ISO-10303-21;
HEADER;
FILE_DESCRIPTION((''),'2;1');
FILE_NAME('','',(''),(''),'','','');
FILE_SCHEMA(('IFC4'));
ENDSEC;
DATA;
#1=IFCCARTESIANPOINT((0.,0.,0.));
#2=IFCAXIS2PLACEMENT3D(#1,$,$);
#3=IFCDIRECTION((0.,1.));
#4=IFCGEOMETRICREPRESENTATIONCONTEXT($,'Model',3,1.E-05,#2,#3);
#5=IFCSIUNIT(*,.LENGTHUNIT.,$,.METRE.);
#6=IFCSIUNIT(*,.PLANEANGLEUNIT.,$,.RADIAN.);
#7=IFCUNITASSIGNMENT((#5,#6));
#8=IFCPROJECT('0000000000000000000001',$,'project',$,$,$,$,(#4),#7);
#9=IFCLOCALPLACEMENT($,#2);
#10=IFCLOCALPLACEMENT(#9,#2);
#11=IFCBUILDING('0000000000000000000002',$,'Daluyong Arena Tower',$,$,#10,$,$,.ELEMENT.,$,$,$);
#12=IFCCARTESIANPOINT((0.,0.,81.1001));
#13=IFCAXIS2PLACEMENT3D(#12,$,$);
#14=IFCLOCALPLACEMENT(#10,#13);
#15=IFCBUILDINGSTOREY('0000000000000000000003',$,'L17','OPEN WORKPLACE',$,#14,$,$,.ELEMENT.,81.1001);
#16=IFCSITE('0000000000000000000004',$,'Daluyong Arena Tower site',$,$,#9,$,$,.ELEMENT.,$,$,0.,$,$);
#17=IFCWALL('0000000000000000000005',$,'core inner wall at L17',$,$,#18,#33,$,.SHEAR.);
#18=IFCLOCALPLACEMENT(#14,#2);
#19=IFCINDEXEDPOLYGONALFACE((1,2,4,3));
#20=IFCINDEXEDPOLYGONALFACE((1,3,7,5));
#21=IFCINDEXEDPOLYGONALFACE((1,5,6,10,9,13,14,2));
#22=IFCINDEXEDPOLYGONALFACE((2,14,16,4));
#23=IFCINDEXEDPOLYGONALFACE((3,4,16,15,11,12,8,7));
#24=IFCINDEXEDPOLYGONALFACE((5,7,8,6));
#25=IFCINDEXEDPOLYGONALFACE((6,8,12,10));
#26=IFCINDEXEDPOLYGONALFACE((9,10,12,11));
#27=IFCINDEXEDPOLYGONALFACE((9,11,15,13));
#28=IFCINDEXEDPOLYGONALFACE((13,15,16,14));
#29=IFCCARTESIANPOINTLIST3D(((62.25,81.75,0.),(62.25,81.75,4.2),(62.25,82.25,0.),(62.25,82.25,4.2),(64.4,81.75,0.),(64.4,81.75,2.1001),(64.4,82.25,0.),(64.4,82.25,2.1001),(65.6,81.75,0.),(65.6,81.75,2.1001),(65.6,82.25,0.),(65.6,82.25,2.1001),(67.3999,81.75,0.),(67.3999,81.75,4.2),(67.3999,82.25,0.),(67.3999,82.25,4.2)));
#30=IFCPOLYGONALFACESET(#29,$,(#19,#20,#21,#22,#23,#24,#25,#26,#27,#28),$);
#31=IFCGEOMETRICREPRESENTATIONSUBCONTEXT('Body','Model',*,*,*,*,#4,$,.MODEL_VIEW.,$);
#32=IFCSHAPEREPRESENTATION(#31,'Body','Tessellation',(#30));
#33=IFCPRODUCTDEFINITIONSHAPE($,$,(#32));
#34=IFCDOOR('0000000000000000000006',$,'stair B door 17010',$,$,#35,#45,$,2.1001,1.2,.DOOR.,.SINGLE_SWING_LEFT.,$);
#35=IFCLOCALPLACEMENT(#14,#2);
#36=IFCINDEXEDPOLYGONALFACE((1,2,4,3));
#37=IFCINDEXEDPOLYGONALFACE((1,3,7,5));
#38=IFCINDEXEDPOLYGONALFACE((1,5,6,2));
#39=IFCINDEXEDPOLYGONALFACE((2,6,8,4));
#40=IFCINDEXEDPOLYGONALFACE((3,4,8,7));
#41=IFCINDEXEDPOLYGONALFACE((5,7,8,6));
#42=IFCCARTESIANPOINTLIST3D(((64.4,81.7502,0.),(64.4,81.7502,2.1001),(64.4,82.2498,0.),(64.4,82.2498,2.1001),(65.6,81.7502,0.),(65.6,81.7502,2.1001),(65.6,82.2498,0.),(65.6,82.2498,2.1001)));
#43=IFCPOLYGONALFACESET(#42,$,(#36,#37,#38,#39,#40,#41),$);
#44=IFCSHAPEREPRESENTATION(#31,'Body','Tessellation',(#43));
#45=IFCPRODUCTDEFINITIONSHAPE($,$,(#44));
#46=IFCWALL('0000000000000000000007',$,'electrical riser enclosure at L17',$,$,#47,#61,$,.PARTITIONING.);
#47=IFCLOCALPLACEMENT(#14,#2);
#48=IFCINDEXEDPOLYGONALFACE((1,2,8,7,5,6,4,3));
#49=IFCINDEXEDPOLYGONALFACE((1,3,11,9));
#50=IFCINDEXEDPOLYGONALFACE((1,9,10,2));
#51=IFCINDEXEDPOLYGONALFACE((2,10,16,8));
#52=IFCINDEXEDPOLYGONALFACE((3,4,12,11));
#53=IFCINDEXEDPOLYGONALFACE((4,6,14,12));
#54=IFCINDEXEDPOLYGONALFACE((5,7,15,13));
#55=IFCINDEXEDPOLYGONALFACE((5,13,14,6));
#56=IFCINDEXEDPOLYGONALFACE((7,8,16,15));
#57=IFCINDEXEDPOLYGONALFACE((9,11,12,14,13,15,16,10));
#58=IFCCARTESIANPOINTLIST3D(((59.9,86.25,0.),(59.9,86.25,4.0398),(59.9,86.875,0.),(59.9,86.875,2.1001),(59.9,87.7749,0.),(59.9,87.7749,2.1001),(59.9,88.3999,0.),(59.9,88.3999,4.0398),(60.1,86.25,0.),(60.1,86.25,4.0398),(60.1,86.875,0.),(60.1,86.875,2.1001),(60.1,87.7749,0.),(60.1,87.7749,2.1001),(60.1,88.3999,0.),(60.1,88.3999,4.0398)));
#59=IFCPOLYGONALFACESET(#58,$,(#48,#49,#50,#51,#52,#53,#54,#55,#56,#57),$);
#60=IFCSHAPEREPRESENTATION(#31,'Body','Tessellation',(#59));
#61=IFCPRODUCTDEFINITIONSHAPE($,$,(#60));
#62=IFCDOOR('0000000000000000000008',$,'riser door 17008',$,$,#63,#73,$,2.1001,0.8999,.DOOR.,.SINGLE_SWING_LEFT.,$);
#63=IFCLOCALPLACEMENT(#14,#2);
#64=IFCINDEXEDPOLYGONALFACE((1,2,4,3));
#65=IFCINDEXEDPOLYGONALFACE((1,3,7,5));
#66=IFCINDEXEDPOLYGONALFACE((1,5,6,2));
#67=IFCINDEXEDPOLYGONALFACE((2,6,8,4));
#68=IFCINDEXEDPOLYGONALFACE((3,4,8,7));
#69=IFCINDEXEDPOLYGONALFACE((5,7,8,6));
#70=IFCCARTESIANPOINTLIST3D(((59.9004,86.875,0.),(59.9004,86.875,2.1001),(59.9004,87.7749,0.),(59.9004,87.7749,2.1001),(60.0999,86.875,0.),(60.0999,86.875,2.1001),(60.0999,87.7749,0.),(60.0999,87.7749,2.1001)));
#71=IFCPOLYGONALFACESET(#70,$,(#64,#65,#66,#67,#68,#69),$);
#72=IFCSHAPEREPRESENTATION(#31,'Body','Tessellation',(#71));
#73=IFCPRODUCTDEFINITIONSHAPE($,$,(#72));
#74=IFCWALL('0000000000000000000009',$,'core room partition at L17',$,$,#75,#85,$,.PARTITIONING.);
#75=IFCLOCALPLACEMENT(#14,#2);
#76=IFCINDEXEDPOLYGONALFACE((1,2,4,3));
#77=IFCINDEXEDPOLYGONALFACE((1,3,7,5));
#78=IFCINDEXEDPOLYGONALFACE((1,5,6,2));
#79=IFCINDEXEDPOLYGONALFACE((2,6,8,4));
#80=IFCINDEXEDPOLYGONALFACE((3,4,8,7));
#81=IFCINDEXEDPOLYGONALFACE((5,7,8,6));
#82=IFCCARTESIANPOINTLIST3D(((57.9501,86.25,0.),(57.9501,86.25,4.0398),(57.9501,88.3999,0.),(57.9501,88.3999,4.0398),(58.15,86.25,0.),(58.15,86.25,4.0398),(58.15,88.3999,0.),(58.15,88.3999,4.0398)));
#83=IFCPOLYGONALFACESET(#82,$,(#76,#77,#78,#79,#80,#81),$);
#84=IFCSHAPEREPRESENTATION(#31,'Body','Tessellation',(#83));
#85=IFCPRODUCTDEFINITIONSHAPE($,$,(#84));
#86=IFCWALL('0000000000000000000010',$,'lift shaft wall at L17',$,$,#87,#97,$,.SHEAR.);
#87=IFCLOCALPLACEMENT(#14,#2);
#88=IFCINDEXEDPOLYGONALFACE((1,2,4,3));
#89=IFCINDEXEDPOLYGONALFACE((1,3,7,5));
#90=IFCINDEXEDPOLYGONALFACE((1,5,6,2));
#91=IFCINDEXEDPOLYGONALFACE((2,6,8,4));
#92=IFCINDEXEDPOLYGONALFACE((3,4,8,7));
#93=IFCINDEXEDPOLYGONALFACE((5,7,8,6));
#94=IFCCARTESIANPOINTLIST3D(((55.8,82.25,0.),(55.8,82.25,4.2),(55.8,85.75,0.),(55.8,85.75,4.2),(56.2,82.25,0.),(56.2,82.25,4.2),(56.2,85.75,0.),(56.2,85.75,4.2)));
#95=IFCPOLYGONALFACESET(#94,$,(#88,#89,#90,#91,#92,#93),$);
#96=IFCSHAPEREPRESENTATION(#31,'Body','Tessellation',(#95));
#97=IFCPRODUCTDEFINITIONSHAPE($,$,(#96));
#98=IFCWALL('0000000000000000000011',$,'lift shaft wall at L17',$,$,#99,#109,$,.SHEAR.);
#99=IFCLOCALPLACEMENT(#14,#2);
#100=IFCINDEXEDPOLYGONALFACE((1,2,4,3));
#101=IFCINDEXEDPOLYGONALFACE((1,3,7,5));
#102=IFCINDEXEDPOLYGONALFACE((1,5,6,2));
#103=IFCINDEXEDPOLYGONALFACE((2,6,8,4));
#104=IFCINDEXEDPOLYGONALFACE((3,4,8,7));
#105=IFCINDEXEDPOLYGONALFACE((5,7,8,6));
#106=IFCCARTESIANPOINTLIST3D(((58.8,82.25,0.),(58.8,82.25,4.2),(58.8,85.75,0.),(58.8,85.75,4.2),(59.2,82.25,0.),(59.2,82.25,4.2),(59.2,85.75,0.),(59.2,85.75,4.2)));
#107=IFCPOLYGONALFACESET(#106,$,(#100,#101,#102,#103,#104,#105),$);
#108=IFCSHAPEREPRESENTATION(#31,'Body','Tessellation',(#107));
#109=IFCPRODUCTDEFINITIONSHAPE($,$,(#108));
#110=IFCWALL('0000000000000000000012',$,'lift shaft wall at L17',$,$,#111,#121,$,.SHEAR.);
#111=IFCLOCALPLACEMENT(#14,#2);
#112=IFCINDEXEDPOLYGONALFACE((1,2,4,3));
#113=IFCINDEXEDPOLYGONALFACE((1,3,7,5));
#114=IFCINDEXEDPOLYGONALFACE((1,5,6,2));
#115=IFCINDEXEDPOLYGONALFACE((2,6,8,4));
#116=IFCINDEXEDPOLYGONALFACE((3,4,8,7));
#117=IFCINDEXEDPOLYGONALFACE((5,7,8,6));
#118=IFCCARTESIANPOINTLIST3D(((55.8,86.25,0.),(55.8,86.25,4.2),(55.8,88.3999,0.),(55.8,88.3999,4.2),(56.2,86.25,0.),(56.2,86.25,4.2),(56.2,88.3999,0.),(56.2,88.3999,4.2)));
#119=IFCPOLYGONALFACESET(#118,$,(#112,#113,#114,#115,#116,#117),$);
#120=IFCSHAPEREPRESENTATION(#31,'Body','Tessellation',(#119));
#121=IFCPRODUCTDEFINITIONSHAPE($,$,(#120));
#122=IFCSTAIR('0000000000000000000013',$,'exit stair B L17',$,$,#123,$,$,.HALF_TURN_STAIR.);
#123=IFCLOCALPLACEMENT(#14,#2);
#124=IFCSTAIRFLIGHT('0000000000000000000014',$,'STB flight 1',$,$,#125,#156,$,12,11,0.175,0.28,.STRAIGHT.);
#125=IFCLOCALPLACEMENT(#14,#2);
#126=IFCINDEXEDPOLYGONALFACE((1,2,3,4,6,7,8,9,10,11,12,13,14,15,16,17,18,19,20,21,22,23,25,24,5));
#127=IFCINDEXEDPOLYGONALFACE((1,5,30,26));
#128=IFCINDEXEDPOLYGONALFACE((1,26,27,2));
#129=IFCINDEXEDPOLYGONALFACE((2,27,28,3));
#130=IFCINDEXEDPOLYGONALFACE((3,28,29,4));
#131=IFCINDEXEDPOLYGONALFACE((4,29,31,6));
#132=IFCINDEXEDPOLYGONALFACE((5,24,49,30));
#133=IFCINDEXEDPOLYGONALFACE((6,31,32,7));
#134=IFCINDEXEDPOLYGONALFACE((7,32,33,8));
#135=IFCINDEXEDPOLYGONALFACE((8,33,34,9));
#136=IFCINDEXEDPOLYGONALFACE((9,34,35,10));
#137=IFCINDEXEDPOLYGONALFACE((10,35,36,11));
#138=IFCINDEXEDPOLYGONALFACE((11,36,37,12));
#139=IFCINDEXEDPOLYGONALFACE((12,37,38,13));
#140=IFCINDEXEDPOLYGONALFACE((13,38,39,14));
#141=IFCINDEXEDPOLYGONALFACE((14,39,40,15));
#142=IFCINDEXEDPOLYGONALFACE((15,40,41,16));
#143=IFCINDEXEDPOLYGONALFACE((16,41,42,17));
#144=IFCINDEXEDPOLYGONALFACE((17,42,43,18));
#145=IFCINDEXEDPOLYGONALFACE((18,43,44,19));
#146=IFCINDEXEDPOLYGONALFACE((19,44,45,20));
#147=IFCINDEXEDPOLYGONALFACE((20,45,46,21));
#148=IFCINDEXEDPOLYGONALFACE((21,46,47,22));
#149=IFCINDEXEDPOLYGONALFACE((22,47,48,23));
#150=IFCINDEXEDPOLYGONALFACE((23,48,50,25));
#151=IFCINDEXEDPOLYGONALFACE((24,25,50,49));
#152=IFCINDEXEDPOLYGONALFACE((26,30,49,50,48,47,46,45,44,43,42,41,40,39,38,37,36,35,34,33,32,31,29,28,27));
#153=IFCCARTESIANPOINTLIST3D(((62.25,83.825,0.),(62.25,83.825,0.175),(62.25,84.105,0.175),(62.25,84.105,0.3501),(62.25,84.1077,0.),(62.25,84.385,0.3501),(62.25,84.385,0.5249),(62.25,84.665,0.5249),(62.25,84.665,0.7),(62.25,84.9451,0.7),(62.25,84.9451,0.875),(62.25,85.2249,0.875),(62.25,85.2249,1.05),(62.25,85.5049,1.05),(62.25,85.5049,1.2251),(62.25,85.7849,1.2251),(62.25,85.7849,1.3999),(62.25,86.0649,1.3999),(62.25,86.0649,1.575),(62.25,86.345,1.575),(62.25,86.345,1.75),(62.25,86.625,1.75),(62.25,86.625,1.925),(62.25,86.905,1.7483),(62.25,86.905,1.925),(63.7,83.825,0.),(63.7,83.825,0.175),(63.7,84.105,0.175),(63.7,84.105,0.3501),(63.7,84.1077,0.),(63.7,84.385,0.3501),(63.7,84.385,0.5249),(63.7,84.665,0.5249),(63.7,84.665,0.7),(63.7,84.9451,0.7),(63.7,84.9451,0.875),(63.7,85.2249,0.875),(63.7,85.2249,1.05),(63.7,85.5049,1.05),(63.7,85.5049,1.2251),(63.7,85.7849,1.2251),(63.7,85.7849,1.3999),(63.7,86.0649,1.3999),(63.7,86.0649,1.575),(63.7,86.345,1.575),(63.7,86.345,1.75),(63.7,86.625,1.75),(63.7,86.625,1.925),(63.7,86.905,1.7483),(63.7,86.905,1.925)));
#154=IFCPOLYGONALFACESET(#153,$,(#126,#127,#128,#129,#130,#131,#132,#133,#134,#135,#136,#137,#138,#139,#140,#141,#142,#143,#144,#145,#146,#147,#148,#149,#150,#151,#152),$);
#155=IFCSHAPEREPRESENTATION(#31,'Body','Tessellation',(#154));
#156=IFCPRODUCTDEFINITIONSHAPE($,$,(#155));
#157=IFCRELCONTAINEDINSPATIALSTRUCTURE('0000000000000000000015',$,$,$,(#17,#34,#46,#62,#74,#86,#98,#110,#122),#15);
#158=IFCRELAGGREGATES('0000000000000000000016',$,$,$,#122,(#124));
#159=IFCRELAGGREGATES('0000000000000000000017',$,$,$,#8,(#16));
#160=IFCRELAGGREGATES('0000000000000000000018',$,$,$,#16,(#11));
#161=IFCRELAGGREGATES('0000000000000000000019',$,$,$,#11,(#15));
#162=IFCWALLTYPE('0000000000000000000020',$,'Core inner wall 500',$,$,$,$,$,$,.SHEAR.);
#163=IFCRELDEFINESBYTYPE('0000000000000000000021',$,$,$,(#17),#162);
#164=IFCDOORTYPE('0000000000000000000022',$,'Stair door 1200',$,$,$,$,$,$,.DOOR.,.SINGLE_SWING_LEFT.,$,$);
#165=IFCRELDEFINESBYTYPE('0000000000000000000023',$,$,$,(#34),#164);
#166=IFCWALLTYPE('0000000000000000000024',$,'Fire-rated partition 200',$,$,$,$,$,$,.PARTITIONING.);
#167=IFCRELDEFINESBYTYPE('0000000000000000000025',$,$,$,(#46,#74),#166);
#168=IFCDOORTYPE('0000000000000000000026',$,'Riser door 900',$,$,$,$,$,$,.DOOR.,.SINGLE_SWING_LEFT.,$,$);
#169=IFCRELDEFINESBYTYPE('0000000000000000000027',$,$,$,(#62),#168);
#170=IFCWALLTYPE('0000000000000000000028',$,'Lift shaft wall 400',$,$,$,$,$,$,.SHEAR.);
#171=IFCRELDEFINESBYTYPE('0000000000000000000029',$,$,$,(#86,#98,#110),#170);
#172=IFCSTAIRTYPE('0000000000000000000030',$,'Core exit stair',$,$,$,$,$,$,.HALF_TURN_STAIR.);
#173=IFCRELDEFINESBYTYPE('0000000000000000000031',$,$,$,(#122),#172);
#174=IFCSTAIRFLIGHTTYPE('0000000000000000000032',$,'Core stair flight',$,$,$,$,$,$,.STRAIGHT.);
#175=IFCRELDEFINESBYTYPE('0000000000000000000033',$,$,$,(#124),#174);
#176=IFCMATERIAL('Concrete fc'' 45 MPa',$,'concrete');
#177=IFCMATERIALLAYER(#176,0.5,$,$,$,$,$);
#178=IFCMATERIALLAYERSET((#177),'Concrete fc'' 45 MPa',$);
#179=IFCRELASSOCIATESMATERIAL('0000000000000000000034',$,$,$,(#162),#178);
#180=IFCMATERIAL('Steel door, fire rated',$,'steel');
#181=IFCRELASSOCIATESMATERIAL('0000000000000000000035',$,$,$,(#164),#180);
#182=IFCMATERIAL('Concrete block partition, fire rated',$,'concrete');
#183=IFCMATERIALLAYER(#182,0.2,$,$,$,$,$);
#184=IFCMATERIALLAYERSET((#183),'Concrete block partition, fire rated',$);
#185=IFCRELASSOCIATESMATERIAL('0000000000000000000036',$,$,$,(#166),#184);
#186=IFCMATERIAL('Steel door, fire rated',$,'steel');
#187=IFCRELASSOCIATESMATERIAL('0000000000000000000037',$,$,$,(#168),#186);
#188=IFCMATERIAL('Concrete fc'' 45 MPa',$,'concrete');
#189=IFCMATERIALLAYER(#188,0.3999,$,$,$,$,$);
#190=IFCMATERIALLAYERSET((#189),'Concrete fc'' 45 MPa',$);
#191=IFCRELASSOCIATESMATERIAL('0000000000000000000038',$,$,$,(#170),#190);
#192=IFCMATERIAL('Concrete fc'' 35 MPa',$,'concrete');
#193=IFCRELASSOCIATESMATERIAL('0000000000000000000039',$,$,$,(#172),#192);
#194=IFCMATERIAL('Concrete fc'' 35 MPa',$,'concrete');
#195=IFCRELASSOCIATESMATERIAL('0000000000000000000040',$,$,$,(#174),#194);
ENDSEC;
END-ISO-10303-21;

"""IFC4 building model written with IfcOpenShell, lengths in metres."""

from ifc_helpers import new_model, si_unit, direction, frame, frame_2d, origin, place, context, subcontext, project, spatial, polyline, rectangle, outline, extrude, material, layer, layer_set, type_object, element, fill, aggregate, save


model = new_model("IFC4")

# Units and contexts
model_context = context("Model", 3, precision=1e-05, world=origin(), true_north=direction((0.0, 1.0)))
body_context = subcontext(model_context, "Body", "Model", "MODEL_VIEW")
ifc_project = project(units=[si_unit("LENGTHUNIT", "METRE"), si_unit("PLANEANGLEUNIT", "RADIAN")], contexts=[model_context])

# Site, building, storey
site_placement = place(None, origin())
site = spatial("IfcSite", under=ifc_project, at=site_placement, Name="Daluyong Arena Tower site", CompositionType="ELEMENT", RefElevation=0.0)
building_placement = place(site_placement, origin())
building = spatial("IfcBuilding", under=site, at=building_placement, Name="Daluyong Arena Tower", CompositionType="ELEMENT")
storey_placement = place(building_placement, frame((0.0, 0.0, 81.1001)))
storey = spatial("IfcBuildingStorey", under=building, at=storey_placement, Name="L17", Description="OPEN WORKPLACE", CompositionType="ELEMENT", Elevation=81.1001)

# Walls, openings, doors
ifc_material_1 = material(Name="Concrete fc' 45 MPa", Category="concrete")
ifc_layer_1 = layer(ifc_material_1, 0.5)
ifc_layer_set_1 = layer_set([ifc_layer_1], Name="Concrete fc' 45 MPa")
wall_type_1 = type_object("IfcWallType", Name="Core inner wall 500", PredefinedType="SHEAR", material=ifc_layer_set_1)
wall_1_placement = place(storey_placement, frame((62.25, 82.0, 0.0), z_axis=(0.0, 0.0, 1.0), x_axis=(1.0, 0.0, 0.0)))
wall_1 = element("IfcWall", 1, at=wall_1_placement, inside=storey, type_object=wall_type_1, Name="core inner wall at L17", PredefinedType="SHEAR", context=body_context, shape_type="SweptSolid", body=[
    extrude(rectangle(XDim=5.1499, YDim=0.5, at=frame_2d((2.575, 0.0))), origin(), (0.0, 0.0, 1.0), 4.2),
])
opening_1_placement = place(wall_1_placement, frame((2.1499, 0.0, 0.0)))
opening_1 = element("IfcOpeningElement", 2, at=opening_1_placement, cuts=wall_1, PredefinedType="OPENING", context=body_context, shape_type="SweptSolid", body=[
    extrude(rectangle(XDim=1.2, YDim=2.1001, at=frame_2d((0.6001, 1.05))), frame((0.0, 0.26, 0.0), z_axis=(0.0, -1.0, 0.0), x_axis=(1.0, 0.0, 0.0)), (0.0, 0.0, 1.0), 0.52),
])
ifc_material_2 = material(Name="Steel door, fire rated", Category="steel")
door_type_1 = type_object("IfcDoorType", Name="Stair door 1200", OperationType="SINGLE_SWING_LEFT", PredefinedType="DOOR", material=ifc_material_2)
door_1_placement = place(opening_1_placement, origin())
door_1 = element("IfcDoor", 3, at=door_1_placement, inside=storey, type_object=door_type_1, Name="stair B door 17010", OperationType="SINGLE_SWING_LEFT", OverallHeight=2.1001, OverallWidth=1.2, PredefinedType="DOOR", context=body_context, shape_type="SweptSolid", body=[
    extrude(rectangle(XDim=1.2, YDim=2.1001, at=frame_2d((0.6001, 1.05))), frame((0.0, 0.2498, 0.0), z_axis=(0.0, -1.0, 0.0), x_axis=(1.0, 0.0, 0.0)), (0.0, 0.0, 1.0), 0.4995),
])
fill(opening_1, door_1)
ifc_material_3 = material(Name="Concrete block partition, fire rated", Category="concrete")
ifc_layer_2 = layer(ifc_material_3, 0.2)
ifc_layer_set_2 = layer_set([ifc_layer_2], Name="Concrete block partition, fire rated")
wall_type_2 = type_object("IfcWallType", Name="Fire-rated partition 200", PredefinedType="PARTITIONING", material=ifc_layer_set_2)
wall_2_placement = place(storey_placement, frame((60.0, 86.25, 0.0), z_axis=(0.0, 0.0, 1.0), x_axis=(0.0, 1.0, 0.0)))
wall_2 = element("IfcWall", 4, at=wall_2_placement, inside=storey, type_object=wall_type_2, Name="electrical riser enclosure at L17", PredefinedType="PARTITIONING", context=body_context, shape_type="SweptSolid", body=[
    extrude(rectangle(XDim=2.1499, YDim=0.2, at=frame_2d((1.075, 0.0))), origin(), (0.0, 0.0, 1.0), 4.0398),
])
opening_2_placement = place(wall_2_placement, frame((0.625, 0.0, 0.0)))
opening_2 = element("IfcOpeningElement", 5, at=opening_2_placement, cuts=wall_2, PredefinedType="OPENING", context=body_context, shape_type="SweptSolid", body=[
    extrude(rectangle(XDim=0.8999, YDim=2.1001, at=frame_2d((0.45, 1.05))), frame((0.0, 0.1099, 0.0), z_axis=(0.0, -1.0, 0.0), x_axis=(1.0, 0.0, 0.0)), (0.0, 0.0, 1.0), 0.22),
])
ifc_material_4 = material(Name="Steel door, fire rated", Category="steel")
door_type_2 = type_object("IfcDoorType", Name="Riser door 900", OperationType="SINGLE_SWING_LEFT", PredefinedType="DOOR", material=ifc_material_4)
door_2_placement = place(opening_2_placement, origin())
door_2 = element("IfcDoor", 6, at=door_2_placement, inside=storey, type_object=door_type_2, Name="riser door 17008", OperationType="SINGLE_SWING_LEFT", OverallHeight=2.1001, OverallWidth=0.8999, PredefinedType="DOOR", context=body_context, shape_type="SweptSolid", body=[
    extrude(rectangle(XDim=0.8999, YDim=2.1001, at=frame_2d((0.45, 1.05))), frame((0.0, 0.0996, 0.0), z_axis=(0.0, -1.0, 0.0), x_axis=(1.0, 0.0, 0.0)), (0.0, 0.0, 1.0), 0.1995),
])
fill(opening_2, door_2)

# Walls
wall_3_placement = place(storey_placement, frame((58.05, 86.25, 0.0), z_axis=(0.0, 0.0, 1.0), x_axis=(0.0, 1.0, 0.0)))
element("IfcWall", 7, at=wall_3_placement, inside=storey, type_object=wall_type_2, Name="core room partition at L17", PredefinedType="PARTITIONING", context=body_context, shape_type="SweptSolid", body=[
    extrude(rectangle(XDim=2.1499, YDim=0.2, at=frame_2d((1.075, 0.0))), origin(), (0.0, 0.0, 1.0), 4.0398),
])
ifc_material_5 = material(Name="Concrete fc' 45 MPa", Category="concrete")
ifc_layer_3 = layer(ifc_material_5, 0.3999)
ifc_layer_set_3 = layer_set([ifc_layer_3], Name="Concrete fc' 45 MPa")
wall_type_3 = type_object("IfcWallType", Name="Lift shaft wall 400", PredefinedType="SHEAR", material=ifc_layer_set_3)
for number, where, z_axis, x_axis, name in (
    (8, (56.0, 82.25, 0.0), (0.0, 0.0, 1.0), (0.0, 1.0, 0.0), "lift shaft wall at L17"),
    (9, (59.0, 82.25, 0.0), (0.0, 0.0, 1.0), (0.0, 1.0, 0.0), "lift shaft wall at L17"),
):
    element("IfcWall", number, at=place(storey_placement, frame(where, z_axis=z_axis, x_axis=x_axis)), inside=storey, type_object=wall_type_3, Name=name, PredefinedType="SHEAR", context=body_context, shape_type="SweptSolid", body=[
        extrude(rectangle(XDim=3.5, YDim=0.3999, at=frame_2d((1.75, 0.0))), origin(), (0.0, 0.0, 1.0), 4.2),
    ])
wall_4_placement = place(storey_placement, frame((56.0, 86.25, 0.0), z_axis=(0.0, 0.0, 1.0), x_axis=(0.0, 1.0, 0.0)))
element("IfcWall", 10, at=wall_4_placement, inside=storey, type_object=wall_type_3, Name="lift shaft wall at L17", PredefinedType="SHEAR", context=body_context, shape_type="SweptSolid", body=[
    extrude(rectangle(XDim=2.1499, YDim=0.3999, at=frame_2d((1.075, 0.0))), origin(), (0.0, 0.0, 1.0), 4.2),
])

# Stair, stair flight
ifc_material_6 = material(Name="Concrete fc' 35 MPa", Category="concrete")
stair_type = type_object("IfcStairType", Name="Core exit stair", PredefinedType="HALF_TURN_STAIR", material=ifc_material_6)
stair_placement = place(storey_placement, origin())
stair = element("IfcStair", 11, at=stair_placement, inside=storey, type_object=stair_type, Name="exit stair B L17", PredefinedType="HALF_TURN_STAIR")
ifc_material_7 = material(Name="Concrete fc' 35 MPa", Category="concrete")
stair_flight_type = type_object("IfcStairFlightType", Name="Core stair flight", PredefinedType="STRAIGHT", material=ifc_material_7)
stair_flight_placement = place(storey_placement, frame((62.9751, 83.825, 0.0), z_axis=(0.0, 0.0, 1.0), x_axis=(0.0, 1.0, 0.0)))
stair_flight = element("IfcStairFlight", 12, at=stair_flight_placement, type_object=stair_flight_type, Name="STB flight 1", NumberOfRisers=12, NumberOfTreads=11, PredefinedType="STRAIGHT", RiserHeight=0.175, TreadLength=0.28, context=body_context, shape_type="SweptSolid", body=[
    extrude(outline(polyline([(0.0, 0.0), (0.0, 0.175), (0.28, 0.175), (0.28, 0.3501), (0.5601, 0.3501), (0.5601, 0.5249), (0.8401, 0.5249), (0.8401, 0.7), (1.1201, 0.7), (1.1201, 0.875), (1.3999, 0.875), (1.3999, 1.05), (1.6799, 1.05), (1.6799, 1.2251), (1.96, 1.2251), (1.96, 1.3999), (2.24, 1.3999), (2.24, 1.575), (2.52, 1.575), (2.52, 1.75), (2.8, 1.75), (2.8, 1.925), (3.0801, 1.925), (3.0801, 2.1001), (3.0801, 1.7483), (0.2827, 0.0), (0.0, 0.0)])), frame((0.0, 0.7251, 0.0), z_axis=(0.0, -1.0, 0.0), x_axis=(1.0, 0.0, 0.0)), (0.0, 0.0, 1.0), 1.45),
])
aggregate(stair, [stair_flight])

save(model, "model.ifc")
